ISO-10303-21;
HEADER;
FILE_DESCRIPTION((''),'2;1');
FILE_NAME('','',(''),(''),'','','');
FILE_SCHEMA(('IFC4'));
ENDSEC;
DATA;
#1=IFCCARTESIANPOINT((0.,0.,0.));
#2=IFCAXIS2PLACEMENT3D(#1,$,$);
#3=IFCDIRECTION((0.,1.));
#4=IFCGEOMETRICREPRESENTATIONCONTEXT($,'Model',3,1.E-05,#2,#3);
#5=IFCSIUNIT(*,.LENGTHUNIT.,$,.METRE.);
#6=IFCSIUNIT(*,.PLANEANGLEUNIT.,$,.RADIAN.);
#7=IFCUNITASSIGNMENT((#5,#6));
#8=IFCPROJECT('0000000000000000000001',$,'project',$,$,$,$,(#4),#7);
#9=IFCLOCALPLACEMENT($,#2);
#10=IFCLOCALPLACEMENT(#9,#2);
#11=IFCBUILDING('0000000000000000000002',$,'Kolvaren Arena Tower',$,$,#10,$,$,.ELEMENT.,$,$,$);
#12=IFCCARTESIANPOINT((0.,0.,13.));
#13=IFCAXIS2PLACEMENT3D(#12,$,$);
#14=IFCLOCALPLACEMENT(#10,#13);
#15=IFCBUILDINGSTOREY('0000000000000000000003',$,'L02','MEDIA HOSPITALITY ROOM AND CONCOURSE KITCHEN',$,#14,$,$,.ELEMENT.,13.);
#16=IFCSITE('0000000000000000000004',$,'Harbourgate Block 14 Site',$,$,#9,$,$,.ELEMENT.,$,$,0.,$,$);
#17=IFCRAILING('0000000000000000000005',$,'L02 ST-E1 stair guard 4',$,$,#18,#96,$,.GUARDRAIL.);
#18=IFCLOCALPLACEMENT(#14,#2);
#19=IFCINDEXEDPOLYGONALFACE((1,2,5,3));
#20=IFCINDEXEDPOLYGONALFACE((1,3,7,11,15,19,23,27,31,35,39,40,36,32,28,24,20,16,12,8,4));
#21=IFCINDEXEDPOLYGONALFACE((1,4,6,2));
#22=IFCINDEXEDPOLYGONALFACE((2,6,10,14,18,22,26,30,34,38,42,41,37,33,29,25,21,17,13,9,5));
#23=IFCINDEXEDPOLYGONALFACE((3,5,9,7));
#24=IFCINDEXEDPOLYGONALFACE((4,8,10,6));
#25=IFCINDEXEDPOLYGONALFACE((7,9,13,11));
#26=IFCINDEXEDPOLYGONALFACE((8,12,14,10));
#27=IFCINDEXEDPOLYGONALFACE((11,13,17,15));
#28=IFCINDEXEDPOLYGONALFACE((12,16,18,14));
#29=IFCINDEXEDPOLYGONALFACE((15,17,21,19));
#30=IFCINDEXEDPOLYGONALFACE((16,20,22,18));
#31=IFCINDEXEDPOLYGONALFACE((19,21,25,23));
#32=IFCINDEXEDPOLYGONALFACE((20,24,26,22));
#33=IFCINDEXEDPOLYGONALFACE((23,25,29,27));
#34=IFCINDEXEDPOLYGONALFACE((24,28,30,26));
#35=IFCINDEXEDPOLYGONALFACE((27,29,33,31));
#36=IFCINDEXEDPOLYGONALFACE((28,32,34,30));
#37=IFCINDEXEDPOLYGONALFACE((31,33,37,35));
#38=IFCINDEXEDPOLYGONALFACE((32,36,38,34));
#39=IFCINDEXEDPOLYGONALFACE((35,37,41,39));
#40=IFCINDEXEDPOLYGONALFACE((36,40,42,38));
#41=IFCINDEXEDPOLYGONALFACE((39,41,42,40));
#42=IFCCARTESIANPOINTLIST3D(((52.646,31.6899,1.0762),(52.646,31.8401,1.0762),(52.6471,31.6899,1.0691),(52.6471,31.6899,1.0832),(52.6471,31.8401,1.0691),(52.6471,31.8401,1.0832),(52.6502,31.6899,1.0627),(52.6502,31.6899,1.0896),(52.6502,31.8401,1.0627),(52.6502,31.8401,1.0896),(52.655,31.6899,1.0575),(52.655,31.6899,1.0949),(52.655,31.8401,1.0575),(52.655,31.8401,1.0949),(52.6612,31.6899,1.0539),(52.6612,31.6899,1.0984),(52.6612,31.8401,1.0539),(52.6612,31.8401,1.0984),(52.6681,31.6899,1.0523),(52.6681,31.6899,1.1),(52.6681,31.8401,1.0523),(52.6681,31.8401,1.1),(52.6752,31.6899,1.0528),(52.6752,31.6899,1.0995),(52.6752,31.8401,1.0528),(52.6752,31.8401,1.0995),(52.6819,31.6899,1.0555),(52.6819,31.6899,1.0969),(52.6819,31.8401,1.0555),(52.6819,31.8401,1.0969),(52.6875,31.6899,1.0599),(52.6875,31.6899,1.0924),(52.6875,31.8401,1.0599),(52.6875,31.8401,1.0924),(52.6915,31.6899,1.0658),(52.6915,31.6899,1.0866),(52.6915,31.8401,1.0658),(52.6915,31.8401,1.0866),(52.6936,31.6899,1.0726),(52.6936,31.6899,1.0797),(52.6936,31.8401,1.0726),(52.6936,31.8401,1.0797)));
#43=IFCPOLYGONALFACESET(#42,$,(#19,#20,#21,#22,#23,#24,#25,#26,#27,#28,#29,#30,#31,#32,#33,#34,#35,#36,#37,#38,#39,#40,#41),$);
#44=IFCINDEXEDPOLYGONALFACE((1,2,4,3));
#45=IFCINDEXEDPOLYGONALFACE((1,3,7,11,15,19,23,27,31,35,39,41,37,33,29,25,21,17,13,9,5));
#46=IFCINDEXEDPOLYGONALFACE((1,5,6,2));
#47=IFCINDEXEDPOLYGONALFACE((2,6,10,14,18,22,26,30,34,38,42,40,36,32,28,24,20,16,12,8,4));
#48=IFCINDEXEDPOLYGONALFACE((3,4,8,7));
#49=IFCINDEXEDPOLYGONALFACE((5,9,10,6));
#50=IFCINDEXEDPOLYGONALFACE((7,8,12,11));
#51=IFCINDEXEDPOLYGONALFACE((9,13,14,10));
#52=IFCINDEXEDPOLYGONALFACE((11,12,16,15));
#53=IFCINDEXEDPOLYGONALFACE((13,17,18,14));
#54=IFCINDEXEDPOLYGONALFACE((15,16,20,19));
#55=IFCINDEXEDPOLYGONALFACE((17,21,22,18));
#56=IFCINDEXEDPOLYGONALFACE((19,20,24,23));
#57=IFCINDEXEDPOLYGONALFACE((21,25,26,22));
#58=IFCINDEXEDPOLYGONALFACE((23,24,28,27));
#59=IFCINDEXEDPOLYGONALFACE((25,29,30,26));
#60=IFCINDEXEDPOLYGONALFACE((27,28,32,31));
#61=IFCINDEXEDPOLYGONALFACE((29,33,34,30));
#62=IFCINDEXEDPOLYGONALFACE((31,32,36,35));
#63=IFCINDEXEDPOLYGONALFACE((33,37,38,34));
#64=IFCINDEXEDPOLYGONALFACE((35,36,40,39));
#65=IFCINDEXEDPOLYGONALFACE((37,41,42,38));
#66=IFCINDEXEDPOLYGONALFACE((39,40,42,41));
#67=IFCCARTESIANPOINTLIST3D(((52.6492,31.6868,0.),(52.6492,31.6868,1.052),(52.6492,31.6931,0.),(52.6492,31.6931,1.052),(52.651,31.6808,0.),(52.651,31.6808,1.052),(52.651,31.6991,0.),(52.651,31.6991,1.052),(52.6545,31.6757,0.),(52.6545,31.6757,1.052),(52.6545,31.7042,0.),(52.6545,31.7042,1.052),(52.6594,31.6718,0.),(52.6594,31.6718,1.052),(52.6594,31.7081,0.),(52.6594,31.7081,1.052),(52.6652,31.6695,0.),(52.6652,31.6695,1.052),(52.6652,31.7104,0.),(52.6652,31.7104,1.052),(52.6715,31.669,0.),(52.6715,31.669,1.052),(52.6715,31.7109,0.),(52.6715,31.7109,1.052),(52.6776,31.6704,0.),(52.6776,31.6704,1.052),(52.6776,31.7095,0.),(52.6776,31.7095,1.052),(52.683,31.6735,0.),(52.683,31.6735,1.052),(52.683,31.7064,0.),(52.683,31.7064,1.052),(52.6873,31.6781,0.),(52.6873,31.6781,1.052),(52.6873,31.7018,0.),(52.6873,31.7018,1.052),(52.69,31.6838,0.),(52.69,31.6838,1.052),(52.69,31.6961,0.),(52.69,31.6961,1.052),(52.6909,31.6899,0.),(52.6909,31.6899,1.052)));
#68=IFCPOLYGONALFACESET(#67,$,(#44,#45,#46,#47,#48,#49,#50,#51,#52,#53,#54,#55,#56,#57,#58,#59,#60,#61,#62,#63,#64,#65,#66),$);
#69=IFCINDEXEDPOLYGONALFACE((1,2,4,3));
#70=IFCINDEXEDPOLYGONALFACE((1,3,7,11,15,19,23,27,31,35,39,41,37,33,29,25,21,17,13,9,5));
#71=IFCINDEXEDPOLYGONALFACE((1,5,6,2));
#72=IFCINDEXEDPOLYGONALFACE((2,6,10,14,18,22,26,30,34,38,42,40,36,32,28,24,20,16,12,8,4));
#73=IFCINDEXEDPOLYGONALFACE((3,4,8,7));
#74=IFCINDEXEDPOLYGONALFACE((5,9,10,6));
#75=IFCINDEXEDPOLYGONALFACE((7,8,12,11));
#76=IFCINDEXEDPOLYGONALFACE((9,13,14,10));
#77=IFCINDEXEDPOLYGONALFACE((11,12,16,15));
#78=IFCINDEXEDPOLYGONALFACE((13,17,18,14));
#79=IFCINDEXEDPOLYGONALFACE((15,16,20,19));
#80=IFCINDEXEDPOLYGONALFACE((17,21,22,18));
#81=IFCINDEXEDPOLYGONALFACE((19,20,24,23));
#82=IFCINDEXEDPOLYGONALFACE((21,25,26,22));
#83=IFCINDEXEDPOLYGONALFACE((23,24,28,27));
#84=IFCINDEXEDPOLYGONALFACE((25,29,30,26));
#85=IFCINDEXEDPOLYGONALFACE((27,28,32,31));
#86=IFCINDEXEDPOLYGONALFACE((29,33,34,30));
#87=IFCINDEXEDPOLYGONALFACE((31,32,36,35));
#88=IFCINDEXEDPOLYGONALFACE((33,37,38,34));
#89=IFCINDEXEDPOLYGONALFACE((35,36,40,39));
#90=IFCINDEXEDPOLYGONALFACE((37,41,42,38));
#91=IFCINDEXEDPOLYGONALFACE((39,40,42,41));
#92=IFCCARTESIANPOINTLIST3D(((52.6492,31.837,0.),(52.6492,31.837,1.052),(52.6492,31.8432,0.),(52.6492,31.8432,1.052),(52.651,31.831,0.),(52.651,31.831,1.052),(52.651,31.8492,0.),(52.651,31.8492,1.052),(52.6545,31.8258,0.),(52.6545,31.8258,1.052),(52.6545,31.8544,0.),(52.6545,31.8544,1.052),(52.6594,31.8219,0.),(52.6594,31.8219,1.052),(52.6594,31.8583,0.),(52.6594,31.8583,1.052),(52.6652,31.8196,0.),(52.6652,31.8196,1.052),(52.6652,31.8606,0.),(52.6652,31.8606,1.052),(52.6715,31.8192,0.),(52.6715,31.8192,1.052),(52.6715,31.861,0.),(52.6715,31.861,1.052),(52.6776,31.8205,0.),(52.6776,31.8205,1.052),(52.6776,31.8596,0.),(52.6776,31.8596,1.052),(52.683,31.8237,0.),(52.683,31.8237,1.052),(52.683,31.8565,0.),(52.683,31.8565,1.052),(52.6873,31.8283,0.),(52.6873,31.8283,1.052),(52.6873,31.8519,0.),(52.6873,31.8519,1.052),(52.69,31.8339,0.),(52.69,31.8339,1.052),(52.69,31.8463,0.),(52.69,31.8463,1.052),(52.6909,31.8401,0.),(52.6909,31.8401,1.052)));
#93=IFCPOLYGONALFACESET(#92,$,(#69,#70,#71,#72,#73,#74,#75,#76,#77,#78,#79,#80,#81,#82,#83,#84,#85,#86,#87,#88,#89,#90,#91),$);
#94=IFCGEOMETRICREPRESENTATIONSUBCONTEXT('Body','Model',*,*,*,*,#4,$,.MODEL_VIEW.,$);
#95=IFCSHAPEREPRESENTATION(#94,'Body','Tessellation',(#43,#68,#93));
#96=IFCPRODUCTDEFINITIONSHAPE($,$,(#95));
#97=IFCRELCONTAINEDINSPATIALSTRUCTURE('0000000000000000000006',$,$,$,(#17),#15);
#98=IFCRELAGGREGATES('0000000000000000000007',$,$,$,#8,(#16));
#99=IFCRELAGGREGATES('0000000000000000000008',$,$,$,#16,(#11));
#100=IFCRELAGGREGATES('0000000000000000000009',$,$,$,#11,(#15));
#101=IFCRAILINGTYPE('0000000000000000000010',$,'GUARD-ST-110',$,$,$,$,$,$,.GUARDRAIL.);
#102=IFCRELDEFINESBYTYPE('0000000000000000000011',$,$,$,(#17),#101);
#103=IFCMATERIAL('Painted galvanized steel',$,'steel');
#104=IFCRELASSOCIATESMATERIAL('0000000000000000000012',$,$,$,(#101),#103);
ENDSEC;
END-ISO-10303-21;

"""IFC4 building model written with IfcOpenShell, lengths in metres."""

from ifc_helpers import new_model, si_unit, direction, frame, origin, origin_2d, place, context, subcontext, project, spatial, circle, extrude, material, type_object, element, save


model = new_model("IFC4")

# Units and contexts
model_context = context("Model", 3, precision=1e-05, world=origin(), true_north=direction((0.0, 1.0)))
body_context = subcontext(model_context, "Body", "Model", "MODEL_VIEW")
ifc_project = project(units=[si_unit("LENGTHUNIT", "METRE"), si_unit("PLANEANGLEUNIT", "RADIAN")], contexts=[model_context])

# Site, building, storey
site_placement = place(None, origin())
site = spatial("IfcSite", under=ifc_project, at=site_placement, Name="Harbourgate Block 14 Site", CompositionType="ELEMENT", RefElevation=0.0)
building_placement = place(site_placement, origin())
building = spatial("IfcBuilding", under=site, at=building_placement, Name="Kolvaren Arena Tower", CompositionType="ELEMENT")
storey_placement = place(building_placement, frame((0.0, 0.0, 13.0)))
storey = spatial("IfcBuildingStorey", under=building, at=storey_placement, Name="L02", Description="MEDIA HOSPITALITY ROOM AND CONCOURSE KITCHEN", CompositionType="ELEMENT", Elevation=13.0)

# Railing
ifc_material_1 = material(Name="Painted galvanized steel", Category="steel")
railing_type_1 = type_object("IfcRailingType", Name="GUARD-ST-110", PredefinedType="GUARDRAIL", material=ifc_material_1)
railing_1_placement = place(storey_placement, frame((52.6699, 31.6899, 0.0)))
element("IfcRailing", 1, at=railing_1_placement, inside=storey, type_object=railing_type_1, Name="L02 ST-E1 stair guard 4", PredefinedType="GUARDRAIL", context=body_context, shape_type="SweptSolid", body=[
    extrude(circle(Radius=0.0239, at=origin_2d()), frame((0.0, 0.0, 1.0762), z_axis=(0.0, 1.0, 0.0), x_axis=(-1.0, 0.0, 0.0)), (0.0, 0.0, 1.0), 0.1501),
    extrude(circle(Radius=0.021, at=origin_2d()), origin(), (0.0, 0.0, 1.0), 1.052),
    extrude(circle(Radius=0.021, at=origin_2d()), frame((0.0, 0.1501, 0.0)), (0.0, 0.0, 1.0), 1.052),
])

save(model, "model.ifc")
